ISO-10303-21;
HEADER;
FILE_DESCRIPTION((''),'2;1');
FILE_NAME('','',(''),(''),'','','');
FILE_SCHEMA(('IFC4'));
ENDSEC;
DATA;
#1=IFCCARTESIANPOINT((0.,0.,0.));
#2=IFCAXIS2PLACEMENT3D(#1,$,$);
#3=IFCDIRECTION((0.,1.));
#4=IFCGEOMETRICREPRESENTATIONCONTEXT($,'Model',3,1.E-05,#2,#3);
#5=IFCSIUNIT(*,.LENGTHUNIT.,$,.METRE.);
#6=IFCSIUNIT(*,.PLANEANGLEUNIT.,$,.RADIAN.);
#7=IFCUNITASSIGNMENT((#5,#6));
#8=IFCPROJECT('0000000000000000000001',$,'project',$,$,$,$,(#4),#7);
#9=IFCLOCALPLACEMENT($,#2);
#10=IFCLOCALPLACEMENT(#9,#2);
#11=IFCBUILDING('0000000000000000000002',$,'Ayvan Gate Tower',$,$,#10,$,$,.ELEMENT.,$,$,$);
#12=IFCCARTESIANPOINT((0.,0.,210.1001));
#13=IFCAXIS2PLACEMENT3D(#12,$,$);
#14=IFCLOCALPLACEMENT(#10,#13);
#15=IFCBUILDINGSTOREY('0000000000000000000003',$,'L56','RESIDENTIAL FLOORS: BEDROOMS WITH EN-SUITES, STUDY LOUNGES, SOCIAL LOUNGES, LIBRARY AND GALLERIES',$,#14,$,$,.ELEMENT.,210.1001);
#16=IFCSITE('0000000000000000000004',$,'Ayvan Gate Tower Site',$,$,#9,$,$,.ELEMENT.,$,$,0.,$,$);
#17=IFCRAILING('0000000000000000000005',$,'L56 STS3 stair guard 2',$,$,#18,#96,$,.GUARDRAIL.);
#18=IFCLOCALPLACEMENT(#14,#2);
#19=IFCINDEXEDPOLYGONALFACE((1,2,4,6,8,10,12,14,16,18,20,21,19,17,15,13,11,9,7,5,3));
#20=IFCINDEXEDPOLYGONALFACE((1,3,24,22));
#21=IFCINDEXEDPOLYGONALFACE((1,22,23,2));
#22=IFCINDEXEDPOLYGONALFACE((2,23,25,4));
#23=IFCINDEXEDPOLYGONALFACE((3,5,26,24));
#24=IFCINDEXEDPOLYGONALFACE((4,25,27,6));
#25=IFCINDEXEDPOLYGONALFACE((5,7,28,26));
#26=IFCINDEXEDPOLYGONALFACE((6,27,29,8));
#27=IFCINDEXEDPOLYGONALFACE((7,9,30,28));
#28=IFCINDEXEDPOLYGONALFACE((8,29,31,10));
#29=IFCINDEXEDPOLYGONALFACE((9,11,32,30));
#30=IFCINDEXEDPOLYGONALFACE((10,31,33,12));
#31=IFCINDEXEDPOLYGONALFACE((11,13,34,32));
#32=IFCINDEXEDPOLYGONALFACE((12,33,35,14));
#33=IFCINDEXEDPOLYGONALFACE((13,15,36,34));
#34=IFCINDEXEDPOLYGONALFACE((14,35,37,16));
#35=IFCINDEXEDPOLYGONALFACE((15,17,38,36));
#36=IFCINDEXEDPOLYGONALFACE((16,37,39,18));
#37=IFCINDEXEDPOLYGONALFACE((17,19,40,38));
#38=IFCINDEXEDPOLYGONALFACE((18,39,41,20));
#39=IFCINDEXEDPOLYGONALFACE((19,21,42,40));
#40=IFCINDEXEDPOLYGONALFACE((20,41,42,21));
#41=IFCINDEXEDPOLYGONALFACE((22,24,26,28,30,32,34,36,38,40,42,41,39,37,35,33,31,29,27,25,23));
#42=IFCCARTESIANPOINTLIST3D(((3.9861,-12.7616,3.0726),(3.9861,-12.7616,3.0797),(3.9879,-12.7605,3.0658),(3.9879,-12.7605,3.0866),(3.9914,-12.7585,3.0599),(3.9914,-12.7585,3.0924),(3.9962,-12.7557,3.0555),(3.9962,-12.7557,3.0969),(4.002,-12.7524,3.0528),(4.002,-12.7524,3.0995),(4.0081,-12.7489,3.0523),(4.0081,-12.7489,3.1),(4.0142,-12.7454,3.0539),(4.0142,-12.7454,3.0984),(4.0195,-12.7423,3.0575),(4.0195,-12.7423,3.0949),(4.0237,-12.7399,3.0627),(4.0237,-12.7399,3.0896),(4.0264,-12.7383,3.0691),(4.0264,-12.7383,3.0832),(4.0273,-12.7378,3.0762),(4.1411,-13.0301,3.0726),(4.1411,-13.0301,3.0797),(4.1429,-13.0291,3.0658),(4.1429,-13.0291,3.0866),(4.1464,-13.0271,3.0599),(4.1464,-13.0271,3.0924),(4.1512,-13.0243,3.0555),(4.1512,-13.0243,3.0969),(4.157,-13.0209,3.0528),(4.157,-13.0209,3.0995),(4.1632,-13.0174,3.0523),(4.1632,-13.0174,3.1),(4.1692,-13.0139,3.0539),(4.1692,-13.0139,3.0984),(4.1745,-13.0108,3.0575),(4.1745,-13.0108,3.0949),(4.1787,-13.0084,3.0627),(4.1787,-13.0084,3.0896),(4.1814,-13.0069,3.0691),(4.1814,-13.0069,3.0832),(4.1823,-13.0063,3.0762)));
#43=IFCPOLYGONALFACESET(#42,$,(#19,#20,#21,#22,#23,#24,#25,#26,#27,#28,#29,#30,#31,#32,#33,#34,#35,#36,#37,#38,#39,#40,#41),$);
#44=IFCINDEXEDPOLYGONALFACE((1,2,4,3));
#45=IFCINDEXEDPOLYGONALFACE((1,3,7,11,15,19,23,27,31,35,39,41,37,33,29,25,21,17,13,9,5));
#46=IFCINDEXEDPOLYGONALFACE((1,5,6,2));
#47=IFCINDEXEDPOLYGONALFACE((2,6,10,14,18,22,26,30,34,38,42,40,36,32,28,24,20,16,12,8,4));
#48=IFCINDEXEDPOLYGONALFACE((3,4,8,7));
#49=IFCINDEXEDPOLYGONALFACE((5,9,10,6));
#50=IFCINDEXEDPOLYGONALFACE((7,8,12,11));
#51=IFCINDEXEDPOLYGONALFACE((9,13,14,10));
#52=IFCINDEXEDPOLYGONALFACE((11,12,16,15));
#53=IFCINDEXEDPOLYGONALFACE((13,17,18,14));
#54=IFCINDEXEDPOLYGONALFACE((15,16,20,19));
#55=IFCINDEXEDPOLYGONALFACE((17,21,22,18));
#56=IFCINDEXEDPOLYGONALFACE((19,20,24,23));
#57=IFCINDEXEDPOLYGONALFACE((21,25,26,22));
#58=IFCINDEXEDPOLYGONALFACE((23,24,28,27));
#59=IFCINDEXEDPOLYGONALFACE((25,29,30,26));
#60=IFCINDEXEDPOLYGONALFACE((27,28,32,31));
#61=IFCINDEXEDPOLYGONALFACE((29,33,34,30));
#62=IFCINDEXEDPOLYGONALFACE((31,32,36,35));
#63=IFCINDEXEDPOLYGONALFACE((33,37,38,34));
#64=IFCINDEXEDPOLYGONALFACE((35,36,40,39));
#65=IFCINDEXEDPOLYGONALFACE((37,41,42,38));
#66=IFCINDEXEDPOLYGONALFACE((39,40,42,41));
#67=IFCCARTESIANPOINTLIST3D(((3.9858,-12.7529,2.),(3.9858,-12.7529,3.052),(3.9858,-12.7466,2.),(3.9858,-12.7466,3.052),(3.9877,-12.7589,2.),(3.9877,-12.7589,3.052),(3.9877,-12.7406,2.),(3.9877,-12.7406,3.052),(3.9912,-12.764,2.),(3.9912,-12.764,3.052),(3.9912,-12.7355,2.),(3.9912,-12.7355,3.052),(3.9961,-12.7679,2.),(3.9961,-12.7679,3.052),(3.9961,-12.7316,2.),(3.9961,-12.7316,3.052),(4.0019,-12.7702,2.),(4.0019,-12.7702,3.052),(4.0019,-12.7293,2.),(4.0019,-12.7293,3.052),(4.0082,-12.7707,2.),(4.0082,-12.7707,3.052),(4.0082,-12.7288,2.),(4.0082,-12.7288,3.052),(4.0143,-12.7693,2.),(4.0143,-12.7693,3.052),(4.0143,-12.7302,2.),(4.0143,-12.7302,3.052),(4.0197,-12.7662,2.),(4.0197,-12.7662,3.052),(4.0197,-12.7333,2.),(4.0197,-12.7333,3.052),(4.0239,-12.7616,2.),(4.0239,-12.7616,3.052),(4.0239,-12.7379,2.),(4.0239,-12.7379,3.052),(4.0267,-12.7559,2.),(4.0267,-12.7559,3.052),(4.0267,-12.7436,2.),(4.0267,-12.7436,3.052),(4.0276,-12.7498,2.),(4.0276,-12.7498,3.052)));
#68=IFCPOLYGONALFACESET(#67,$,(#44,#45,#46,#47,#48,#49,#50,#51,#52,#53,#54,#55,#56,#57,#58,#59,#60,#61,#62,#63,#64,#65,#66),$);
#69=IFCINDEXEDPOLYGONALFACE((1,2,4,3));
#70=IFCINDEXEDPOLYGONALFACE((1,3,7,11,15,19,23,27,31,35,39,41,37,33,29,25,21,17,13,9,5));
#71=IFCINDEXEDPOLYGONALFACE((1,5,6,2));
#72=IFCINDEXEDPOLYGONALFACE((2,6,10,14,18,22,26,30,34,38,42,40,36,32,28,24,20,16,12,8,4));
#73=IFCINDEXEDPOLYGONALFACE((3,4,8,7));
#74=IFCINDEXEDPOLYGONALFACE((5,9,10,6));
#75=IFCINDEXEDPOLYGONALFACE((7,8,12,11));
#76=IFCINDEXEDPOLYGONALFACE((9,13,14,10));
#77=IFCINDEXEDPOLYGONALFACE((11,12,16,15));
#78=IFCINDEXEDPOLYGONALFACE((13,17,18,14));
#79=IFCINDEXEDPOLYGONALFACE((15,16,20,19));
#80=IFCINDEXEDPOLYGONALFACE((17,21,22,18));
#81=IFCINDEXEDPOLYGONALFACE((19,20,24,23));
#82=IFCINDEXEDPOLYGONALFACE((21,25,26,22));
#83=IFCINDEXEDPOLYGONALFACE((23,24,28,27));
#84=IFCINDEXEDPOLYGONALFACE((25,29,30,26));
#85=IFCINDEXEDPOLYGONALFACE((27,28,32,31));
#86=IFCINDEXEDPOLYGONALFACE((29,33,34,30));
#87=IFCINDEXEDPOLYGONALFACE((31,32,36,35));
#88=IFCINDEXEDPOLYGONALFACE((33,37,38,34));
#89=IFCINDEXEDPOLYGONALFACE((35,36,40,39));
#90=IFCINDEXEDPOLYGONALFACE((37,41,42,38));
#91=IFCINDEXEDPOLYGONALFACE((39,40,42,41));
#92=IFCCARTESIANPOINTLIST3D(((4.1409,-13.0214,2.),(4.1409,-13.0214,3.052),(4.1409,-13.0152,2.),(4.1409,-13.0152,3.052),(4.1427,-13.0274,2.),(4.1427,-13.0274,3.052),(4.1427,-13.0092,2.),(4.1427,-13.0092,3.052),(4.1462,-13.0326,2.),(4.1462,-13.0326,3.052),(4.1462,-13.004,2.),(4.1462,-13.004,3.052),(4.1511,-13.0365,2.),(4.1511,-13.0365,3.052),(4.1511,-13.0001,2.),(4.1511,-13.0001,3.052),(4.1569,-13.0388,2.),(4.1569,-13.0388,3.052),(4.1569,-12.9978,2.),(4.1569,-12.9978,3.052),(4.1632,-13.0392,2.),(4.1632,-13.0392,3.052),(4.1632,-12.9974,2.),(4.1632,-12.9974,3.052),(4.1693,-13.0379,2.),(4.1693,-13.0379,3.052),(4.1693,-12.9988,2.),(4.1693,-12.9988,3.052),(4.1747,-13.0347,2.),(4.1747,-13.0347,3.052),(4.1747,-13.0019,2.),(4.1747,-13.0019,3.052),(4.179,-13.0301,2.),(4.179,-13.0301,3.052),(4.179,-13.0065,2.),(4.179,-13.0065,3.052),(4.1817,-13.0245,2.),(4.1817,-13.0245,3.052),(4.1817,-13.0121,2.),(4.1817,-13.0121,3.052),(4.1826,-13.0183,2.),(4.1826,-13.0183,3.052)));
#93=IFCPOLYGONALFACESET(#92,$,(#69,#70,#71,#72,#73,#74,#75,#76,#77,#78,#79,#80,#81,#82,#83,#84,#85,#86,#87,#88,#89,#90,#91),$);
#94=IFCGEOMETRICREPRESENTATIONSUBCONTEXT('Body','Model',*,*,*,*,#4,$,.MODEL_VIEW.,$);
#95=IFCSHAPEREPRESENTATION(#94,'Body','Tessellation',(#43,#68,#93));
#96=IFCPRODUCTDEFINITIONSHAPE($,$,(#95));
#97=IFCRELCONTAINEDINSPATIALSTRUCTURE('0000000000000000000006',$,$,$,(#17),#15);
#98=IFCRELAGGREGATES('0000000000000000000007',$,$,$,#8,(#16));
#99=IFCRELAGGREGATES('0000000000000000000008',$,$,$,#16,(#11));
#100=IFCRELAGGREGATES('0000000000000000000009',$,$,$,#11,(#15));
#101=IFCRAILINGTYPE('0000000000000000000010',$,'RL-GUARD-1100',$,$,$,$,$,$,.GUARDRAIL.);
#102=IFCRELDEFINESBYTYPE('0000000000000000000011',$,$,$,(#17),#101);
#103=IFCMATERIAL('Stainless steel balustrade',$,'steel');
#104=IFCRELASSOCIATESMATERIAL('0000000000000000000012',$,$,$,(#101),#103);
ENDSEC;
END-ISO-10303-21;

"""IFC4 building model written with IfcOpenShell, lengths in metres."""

from ifc_helpers import new_model, si_unit, direction, frame, origin, origin_2d, place, context, subcontext, project, spatial, circle, extrude, material, type_object, element, save


model = new_model("IFC4")

# Units and contexts
model_context = context("Model", 3, precision=1e-05, world=origin(), true_north=direction((0.0, 1.0)))
body_context = subcontext(model_context, "Body", "Model", "MODEL_VIEW")
ifc_project = project(units=[si_unit("LENGTHUNIT", "METRE"), si_unit("PLANEANGLEUNIT", "RADIAN")], contexts=[model_context])

# Site, building, storey
site_placement = place(None, origin())
site = spatial("IfcSite", under=ifc_project, at=site_placement, Name="Ayvan Gate Tower Site", CompositionType="ELEMENT", RefElevation=0.0)
building_placement = place(site_placement, origin())
building = spatial("IfcBuilding", under=site, at=building_placement, Name="Ayvan Gate Tower", CompositionType="ELEMENT")
storey_placement = place(building_placement, frame((0.0, 0.0, 210.1001)))
storey = spatial("IfcBuildingStorey", under=building, at=storey_placement, Name="L56", Description="RESIDENTIAL FLOORS: BEDROOMS WITH EN-SUITES, STUDY LOUNGES, SOCIAL LOUNGES, LIBRARY AND GALLERIES", CompositionType="ELEMENT", Elevation=210.1001)

# Railing
ifc_material_1 = material(Name="Stainless steel balustrade", Category="steel")
railing_type_1 = type_object("IfcRailingType", Name="RL-GUARD-1100", PredefinedType="GUARDRAIL", material=ifc_material_1)
railing_1_placement = place(storey_placement, frame((4.0066, -12.7498, 2.0)))
element("IfcRailing", 1, at=railing_1_placement, inside=storey, type_object=railing_type_1, Name="L56 STS3 stair guard 2", PredefinedType="GUARDRAIL", context=body_context, shape_type="SweptSolid", body=[
    extrude(circle(Radius=0.0239, at=origin_2d()), frame((0.0, 0.0, 1.0762), z_axis=(0.49995, -0.866054, 0.0), x_axis=(0.866054, 0.49995, 0.0)), (0.0, 0.0, 1.0), 0.3101),
    extrude(circle(Radius=0.021, at=origin_2d()), origin(), (0.0, 0.0, 1.0), 1.052),
    extrude(circle(Radius=0.021, at=origin_2d()), frame((0.155, -0.2686, 0.0)), (0.0, 0.0, 1.0), 1.052),
])

save(model, "model.ifc")
